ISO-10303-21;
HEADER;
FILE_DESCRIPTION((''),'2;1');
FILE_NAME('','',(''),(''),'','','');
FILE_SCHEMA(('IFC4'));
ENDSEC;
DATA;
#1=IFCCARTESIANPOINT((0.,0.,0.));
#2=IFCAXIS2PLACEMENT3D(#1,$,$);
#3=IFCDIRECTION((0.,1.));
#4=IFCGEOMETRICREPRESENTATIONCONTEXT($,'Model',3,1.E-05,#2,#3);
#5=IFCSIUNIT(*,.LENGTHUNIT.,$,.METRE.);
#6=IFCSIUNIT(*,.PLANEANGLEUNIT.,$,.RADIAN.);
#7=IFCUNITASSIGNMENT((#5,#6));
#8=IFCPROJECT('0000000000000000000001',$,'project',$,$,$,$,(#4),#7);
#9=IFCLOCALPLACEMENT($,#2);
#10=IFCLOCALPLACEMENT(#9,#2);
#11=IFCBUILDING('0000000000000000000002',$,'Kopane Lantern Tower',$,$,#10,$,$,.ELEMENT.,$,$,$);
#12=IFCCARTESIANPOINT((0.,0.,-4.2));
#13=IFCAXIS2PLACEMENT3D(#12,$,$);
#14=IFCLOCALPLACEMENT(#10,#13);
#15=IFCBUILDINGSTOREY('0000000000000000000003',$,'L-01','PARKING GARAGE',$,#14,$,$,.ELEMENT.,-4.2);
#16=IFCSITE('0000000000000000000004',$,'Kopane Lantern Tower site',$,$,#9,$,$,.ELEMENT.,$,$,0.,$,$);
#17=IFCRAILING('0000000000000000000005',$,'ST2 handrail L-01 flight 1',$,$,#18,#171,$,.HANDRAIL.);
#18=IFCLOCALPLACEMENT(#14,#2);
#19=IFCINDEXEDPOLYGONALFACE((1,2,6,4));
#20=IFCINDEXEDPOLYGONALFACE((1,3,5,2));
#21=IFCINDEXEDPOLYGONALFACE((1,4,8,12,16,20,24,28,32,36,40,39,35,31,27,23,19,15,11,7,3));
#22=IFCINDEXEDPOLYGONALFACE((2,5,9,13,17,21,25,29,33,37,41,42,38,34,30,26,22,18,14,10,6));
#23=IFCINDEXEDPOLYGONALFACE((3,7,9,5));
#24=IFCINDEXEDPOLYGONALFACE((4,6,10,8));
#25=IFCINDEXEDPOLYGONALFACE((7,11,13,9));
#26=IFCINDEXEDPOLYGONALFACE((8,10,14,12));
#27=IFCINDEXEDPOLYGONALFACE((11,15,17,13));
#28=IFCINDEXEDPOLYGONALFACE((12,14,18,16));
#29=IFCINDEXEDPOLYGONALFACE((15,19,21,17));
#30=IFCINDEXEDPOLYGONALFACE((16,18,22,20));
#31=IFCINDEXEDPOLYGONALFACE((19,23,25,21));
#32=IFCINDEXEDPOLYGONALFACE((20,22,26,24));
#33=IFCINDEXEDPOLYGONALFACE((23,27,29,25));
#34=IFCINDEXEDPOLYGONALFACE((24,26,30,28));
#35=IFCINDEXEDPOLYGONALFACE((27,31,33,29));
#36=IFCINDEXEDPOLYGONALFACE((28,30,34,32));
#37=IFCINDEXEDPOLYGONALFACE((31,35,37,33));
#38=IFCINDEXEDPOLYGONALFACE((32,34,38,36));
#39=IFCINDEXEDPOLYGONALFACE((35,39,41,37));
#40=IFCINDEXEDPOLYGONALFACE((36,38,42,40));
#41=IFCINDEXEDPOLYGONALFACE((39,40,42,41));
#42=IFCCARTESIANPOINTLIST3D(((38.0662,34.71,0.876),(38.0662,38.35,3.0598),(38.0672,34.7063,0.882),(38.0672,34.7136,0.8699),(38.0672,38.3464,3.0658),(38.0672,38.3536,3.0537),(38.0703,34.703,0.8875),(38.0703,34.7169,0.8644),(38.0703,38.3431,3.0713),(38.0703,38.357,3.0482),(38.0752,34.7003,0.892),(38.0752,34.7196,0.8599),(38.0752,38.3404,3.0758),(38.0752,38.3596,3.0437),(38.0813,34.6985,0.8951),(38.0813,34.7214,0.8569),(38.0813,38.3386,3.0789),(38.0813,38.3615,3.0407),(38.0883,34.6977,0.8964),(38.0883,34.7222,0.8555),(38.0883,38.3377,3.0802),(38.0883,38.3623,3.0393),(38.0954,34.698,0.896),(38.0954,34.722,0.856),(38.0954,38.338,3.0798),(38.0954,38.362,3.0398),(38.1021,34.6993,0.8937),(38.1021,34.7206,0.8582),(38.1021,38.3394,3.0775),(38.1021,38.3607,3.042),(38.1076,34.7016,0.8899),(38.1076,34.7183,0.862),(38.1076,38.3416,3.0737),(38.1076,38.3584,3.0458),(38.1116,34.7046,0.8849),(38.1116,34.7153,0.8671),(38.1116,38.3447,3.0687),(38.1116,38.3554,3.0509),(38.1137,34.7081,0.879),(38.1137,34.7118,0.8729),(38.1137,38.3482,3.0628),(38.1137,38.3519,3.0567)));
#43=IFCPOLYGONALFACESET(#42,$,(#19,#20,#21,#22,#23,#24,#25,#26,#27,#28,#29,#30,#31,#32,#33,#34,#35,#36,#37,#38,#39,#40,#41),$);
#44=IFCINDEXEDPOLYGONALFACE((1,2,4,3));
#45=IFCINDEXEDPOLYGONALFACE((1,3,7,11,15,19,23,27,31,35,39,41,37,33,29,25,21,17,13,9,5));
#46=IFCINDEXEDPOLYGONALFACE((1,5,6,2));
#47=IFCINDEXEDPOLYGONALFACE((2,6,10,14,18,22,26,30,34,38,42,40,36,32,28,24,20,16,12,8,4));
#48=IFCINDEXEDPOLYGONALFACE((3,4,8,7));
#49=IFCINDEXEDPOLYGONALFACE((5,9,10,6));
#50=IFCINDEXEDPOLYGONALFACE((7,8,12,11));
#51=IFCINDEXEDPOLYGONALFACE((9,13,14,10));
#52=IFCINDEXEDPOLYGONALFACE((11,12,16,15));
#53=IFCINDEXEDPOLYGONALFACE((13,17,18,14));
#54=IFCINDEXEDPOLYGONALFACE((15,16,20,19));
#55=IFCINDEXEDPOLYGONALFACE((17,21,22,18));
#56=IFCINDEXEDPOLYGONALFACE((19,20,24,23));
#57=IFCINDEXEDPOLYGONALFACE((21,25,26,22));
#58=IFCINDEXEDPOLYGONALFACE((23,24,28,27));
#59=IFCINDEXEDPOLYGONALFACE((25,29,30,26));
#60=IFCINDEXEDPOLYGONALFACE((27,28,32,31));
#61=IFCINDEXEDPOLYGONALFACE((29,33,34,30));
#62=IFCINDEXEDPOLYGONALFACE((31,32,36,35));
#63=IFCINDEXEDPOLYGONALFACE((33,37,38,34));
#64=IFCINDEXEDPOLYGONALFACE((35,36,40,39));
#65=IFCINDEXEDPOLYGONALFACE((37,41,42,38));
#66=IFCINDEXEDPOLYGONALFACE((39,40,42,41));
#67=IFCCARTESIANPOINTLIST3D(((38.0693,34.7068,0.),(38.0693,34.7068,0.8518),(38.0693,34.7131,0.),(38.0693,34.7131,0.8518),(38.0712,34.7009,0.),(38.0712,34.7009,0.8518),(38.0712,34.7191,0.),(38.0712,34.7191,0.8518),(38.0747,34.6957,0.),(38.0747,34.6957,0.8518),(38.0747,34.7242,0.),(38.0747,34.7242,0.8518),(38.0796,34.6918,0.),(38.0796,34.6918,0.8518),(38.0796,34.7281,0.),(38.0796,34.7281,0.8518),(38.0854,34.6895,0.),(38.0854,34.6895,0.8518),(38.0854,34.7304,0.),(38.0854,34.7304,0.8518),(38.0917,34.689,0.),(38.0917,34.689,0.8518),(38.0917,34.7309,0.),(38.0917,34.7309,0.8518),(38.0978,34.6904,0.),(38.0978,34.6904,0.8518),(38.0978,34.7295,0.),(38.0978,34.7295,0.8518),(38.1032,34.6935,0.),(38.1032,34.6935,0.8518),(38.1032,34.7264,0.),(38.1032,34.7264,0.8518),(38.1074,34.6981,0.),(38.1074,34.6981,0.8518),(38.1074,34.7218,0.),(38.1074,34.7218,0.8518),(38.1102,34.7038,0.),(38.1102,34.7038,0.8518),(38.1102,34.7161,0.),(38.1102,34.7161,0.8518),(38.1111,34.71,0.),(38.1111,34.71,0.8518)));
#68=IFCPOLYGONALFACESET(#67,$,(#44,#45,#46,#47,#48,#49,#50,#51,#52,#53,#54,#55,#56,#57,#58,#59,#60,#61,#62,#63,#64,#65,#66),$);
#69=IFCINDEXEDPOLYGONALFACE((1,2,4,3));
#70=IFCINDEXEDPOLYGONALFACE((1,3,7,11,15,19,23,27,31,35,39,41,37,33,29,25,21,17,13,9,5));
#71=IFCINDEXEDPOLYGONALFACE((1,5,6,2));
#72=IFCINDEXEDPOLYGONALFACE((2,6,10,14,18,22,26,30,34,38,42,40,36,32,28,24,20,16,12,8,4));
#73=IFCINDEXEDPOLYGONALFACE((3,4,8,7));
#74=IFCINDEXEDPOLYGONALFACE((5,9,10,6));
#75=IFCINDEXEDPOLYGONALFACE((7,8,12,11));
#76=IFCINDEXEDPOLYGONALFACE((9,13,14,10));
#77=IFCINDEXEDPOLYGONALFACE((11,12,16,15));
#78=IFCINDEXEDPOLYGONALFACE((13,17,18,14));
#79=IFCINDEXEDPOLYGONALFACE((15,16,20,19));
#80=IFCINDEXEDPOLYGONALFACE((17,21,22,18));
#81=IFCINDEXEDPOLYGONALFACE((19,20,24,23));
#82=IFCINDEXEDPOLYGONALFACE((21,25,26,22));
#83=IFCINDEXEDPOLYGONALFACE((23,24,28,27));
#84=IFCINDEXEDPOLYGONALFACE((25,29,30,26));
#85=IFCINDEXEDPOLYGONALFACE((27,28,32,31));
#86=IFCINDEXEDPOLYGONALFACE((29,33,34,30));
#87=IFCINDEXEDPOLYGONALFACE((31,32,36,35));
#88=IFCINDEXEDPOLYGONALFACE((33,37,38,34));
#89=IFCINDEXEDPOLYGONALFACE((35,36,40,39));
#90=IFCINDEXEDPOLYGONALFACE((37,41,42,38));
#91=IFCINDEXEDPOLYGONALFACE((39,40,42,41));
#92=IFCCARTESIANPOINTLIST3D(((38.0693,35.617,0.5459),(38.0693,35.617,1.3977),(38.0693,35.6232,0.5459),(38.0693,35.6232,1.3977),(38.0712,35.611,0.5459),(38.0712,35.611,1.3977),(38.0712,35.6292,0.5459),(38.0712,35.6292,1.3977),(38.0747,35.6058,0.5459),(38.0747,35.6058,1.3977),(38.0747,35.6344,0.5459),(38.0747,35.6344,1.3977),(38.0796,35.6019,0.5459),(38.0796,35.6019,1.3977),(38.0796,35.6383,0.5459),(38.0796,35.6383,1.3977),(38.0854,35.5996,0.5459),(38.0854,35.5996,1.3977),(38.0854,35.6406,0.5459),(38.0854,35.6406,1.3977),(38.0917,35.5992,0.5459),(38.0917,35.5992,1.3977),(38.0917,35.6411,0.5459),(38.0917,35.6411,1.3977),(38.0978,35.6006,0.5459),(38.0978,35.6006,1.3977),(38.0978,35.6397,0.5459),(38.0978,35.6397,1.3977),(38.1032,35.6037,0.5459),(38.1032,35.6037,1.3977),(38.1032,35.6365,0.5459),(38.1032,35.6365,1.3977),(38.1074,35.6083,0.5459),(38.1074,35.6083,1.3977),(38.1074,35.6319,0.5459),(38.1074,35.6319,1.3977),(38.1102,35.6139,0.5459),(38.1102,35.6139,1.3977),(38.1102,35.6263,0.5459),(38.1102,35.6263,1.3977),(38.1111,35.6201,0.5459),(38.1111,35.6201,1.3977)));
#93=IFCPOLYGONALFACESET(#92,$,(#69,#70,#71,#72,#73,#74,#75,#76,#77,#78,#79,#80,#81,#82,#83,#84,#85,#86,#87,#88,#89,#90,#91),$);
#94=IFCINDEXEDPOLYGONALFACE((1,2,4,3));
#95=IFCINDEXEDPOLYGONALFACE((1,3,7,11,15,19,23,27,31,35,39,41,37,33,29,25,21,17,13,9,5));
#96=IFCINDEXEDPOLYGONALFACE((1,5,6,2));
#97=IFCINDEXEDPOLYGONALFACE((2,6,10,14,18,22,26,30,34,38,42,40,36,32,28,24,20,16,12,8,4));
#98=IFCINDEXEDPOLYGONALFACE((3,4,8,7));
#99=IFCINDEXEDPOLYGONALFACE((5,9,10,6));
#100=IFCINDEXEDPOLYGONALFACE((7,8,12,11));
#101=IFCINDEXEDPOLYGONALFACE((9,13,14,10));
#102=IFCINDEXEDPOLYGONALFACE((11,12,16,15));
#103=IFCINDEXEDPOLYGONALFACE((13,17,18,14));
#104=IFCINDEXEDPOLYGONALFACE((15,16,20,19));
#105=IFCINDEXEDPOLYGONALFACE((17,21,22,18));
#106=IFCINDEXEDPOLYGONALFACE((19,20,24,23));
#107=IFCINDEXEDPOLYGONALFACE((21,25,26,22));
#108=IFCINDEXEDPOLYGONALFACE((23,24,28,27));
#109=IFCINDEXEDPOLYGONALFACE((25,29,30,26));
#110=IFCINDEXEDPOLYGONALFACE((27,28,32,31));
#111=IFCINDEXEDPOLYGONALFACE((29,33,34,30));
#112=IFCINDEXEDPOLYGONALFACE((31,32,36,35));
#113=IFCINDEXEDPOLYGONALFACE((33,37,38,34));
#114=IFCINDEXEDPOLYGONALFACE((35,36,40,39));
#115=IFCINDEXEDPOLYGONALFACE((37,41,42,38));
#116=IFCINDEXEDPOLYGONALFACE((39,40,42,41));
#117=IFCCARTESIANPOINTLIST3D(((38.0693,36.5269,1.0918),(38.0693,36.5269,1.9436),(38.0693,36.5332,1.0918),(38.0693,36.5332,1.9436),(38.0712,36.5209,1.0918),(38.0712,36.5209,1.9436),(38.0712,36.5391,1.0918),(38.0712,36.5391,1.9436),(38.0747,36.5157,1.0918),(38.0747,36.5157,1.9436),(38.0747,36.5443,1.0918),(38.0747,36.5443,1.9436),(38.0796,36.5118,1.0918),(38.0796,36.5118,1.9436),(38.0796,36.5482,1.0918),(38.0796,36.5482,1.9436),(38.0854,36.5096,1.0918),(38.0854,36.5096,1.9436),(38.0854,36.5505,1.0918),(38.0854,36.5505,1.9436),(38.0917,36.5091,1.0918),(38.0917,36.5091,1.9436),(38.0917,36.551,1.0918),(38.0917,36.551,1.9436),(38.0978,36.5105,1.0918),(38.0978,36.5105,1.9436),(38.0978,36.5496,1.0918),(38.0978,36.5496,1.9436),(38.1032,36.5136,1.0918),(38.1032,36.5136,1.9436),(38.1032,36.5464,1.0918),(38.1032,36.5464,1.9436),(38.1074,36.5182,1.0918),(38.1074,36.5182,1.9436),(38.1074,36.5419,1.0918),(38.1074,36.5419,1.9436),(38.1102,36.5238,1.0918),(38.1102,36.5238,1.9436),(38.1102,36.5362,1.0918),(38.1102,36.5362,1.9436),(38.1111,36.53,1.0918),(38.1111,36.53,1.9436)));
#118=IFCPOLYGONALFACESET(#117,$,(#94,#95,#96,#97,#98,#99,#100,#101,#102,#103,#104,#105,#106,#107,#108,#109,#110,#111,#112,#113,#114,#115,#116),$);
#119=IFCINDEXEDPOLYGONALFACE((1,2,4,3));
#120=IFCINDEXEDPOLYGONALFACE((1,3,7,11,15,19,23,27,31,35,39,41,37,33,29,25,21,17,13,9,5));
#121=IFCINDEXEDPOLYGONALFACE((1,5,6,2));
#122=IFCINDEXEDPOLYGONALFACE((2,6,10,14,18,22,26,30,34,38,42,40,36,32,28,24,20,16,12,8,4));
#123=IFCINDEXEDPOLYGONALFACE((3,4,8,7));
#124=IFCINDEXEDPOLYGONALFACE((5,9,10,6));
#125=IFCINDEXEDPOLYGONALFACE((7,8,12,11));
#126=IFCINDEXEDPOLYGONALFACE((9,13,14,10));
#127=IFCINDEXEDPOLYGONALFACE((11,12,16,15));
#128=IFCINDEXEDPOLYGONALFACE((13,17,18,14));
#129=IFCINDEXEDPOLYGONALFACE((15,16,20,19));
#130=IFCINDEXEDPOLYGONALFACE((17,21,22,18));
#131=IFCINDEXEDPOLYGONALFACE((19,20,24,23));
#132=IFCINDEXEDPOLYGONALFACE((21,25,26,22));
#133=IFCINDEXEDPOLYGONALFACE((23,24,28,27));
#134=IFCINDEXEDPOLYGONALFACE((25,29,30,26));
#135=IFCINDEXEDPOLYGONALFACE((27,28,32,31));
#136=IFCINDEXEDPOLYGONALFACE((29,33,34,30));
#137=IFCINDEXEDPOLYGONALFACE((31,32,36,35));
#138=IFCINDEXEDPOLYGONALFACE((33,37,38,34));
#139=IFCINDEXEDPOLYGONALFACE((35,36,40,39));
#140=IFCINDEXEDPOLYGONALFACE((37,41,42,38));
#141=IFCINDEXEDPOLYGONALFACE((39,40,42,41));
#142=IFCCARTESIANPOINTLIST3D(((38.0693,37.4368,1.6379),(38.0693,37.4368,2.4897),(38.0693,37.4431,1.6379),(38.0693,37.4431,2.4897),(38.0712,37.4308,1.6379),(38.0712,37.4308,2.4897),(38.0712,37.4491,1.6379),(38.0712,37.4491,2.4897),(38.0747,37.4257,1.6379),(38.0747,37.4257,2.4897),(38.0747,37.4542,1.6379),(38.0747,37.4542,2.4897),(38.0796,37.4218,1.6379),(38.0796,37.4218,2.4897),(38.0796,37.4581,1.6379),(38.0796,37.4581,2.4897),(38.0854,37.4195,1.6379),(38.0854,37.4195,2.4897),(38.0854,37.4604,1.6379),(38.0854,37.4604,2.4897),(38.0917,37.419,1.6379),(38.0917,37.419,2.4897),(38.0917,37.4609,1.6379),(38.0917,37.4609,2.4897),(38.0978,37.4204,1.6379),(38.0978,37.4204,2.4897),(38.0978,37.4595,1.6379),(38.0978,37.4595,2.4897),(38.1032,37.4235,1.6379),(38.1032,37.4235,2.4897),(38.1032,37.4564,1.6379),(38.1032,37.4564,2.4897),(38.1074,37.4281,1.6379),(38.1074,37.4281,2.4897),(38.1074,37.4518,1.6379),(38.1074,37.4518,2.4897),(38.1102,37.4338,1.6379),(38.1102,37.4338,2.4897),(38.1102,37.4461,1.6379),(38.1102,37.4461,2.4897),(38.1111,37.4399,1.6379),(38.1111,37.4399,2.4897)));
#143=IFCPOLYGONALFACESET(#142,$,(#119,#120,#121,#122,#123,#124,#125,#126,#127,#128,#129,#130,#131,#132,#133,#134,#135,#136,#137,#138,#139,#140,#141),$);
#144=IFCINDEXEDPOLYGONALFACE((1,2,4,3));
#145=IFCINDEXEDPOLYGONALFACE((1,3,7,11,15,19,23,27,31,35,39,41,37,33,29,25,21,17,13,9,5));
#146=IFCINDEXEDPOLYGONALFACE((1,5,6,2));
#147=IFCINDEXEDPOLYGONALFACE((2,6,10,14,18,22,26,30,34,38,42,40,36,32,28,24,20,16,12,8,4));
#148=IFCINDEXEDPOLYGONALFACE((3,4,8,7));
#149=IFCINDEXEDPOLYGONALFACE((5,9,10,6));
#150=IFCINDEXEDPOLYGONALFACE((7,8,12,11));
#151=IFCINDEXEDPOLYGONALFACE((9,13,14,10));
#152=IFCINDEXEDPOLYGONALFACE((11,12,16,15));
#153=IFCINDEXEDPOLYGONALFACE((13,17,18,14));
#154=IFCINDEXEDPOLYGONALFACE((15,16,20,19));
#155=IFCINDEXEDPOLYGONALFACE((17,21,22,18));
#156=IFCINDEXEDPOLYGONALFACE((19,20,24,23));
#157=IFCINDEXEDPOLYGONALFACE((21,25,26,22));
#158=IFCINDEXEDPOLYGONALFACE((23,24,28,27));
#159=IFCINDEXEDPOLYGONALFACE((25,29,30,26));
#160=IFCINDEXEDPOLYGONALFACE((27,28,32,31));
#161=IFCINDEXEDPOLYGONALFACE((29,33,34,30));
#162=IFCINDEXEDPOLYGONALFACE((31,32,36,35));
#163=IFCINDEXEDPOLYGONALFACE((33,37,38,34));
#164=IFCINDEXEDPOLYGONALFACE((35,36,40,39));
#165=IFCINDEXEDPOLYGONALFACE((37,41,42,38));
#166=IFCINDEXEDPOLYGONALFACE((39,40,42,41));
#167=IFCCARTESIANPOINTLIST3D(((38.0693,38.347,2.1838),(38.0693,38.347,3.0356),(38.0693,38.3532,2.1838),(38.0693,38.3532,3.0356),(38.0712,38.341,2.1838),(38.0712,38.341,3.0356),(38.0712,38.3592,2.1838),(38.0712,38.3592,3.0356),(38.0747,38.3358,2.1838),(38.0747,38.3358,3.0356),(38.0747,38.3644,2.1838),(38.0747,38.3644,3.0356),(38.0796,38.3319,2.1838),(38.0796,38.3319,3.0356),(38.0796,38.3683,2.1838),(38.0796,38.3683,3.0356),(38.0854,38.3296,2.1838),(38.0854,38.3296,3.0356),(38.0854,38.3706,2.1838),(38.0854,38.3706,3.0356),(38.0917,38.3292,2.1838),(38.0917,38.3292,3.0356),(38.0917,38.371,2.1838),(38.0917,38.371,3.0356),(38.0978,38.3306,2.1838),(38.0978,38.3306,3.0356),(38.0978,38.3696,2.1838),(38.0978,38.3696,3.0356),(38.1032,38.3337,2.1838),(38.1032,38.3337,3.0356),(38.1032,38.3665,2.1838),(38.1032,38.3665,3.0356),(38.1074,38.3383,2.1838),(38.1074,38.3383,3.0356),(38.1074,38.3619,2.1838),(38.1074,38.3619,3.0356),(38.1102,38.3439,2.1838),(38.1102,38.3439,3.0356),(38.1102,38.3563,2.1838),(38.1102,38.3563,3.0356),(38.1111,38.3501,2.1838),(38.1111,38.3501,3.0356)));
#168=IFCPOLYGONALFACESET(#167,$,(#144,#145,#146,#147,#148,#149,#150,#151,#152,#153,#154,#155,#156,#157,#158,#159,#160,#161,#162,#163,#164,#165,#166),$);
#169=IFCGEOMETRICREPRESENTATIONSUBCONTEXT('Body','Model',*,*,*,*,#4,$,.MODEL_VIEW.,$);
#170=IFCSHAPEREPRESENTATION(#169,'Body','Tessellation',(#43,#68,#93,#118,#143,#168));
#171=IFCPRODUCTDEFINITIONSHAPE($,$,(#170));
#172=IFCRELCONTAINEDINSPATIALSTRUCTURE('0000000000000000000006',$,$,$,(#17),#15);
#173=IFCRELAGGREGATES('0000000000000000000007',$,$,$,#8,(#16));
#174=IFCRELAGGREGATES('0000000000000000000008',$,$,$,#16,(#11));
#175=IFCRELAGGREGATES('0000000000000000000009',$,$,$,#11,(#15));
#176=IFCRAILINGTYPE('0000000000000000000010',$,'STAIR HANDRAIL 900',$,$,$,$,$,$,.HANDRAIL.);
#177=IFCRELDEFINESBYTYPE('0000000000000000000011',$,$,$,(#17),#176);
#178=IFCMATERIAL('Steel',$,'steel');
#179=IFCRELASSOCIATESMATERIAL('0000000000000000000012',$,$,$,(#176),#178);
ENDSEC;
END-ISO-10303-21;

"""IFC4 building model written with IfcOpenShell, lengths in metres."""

from ifc_helpers import new_model, si_unit, direction, frame, origin, origin_2d, place, context, subcontext, project, spatial, circle, extrude, material, type_object, element, save


model = new_model("IFC4")

# Units and contexts
model_context = context("Model", 3, precision=1e-05, world=origin(), true_north=direction((0.0, 1.0)))
body_context = subcontext(model_context, "Body", "Model", "MODEL_VIEW")
ifc_project = project(units=[si_unit("LENGTHUNIT", "METRE"), si_unit("PLANEANGLEUNIT", "RADIAN")], contexts=[model_context])

# Site, building, storey
site_placement = place(None, origin())
site = spatial("IfcSite", under=ifc_project, at=site_placement, Name="Kopane Lantern Tower site", CompositionType="ELEMENT", RefElevation=0.0)
building_placement = place(site_placement, origin())
building = spatial("IfcBuilding", under=site, at=building_placement, Name="Kopane Lantern Tower", CompositionType="ELEMENT")
storey_placement = place(building_placement, frame((0.0, 0.0, -4.2)))
storey = spatial("IfcBuildingStorey", under=building, at=storey_placement, Name="L-01", Description="PARKING GARAGE", CompositionType="ELEMENT", Elevation=-4.2)

# Railing
ifc_material_1 = material(Name="Steel", Category="steel")
railing_type_1 = type_object("IfcRailingType", Name="STAIR HANDRAIL 900", PredefinedType="HANDRAIL", material=ifc_material_1)
for number, where, name in (
    (1, (38.0901, 34.71, 0.0), "ST2 handrail L-01 flight 1"),
):
    element("IfcRailing", number, at=place(storey_placement, frame(where)), inside=storey, type_object=railing_type_1, Name=name, PredefinedType="HANDRAIL", context=body_context, shape_type="SweptSolid", body=[
        extrude(circle(Radius=0.0239, at=origin_2d()), frame((0.0, 0.0, 0.876), z_axis=(0.0, 0.857518, 0.514453), x_axis=(-1.0, 0.0, 0.0)), (0.0, 0.0, 1.0), 4.2449),
        extrude(circle(Radius=0.021, at=origin_2d()), origin(), (0.0, 0.0, 1.0), 0.8518),
        extrude(circle(Radius=0.021, at=origin_2d()), frame((0.0, 0.9102, 0.5459)), (0.0, 0.0, 1.0), 0.8518),
        extrude(circle(Radius=0.021, at=origin_2d()), frame((0.0, 1.8201, 1.0918)), (0.0, 0.0, 1.0), 0.8518),
        extrude(circle(Radius=0.021, at=origin_2d()), frame((0.0, 2.73, 1.6379)), (0.0, 0.0, 1.0), 0.8518),
        extrude(circle(Radius=0.021, at=origin_2d()), frame((0.0, 3.6401, 2.1838)), (0.0, 0.0, 1.0), 0.8518),
    ])

save(model, "model.ifc")
